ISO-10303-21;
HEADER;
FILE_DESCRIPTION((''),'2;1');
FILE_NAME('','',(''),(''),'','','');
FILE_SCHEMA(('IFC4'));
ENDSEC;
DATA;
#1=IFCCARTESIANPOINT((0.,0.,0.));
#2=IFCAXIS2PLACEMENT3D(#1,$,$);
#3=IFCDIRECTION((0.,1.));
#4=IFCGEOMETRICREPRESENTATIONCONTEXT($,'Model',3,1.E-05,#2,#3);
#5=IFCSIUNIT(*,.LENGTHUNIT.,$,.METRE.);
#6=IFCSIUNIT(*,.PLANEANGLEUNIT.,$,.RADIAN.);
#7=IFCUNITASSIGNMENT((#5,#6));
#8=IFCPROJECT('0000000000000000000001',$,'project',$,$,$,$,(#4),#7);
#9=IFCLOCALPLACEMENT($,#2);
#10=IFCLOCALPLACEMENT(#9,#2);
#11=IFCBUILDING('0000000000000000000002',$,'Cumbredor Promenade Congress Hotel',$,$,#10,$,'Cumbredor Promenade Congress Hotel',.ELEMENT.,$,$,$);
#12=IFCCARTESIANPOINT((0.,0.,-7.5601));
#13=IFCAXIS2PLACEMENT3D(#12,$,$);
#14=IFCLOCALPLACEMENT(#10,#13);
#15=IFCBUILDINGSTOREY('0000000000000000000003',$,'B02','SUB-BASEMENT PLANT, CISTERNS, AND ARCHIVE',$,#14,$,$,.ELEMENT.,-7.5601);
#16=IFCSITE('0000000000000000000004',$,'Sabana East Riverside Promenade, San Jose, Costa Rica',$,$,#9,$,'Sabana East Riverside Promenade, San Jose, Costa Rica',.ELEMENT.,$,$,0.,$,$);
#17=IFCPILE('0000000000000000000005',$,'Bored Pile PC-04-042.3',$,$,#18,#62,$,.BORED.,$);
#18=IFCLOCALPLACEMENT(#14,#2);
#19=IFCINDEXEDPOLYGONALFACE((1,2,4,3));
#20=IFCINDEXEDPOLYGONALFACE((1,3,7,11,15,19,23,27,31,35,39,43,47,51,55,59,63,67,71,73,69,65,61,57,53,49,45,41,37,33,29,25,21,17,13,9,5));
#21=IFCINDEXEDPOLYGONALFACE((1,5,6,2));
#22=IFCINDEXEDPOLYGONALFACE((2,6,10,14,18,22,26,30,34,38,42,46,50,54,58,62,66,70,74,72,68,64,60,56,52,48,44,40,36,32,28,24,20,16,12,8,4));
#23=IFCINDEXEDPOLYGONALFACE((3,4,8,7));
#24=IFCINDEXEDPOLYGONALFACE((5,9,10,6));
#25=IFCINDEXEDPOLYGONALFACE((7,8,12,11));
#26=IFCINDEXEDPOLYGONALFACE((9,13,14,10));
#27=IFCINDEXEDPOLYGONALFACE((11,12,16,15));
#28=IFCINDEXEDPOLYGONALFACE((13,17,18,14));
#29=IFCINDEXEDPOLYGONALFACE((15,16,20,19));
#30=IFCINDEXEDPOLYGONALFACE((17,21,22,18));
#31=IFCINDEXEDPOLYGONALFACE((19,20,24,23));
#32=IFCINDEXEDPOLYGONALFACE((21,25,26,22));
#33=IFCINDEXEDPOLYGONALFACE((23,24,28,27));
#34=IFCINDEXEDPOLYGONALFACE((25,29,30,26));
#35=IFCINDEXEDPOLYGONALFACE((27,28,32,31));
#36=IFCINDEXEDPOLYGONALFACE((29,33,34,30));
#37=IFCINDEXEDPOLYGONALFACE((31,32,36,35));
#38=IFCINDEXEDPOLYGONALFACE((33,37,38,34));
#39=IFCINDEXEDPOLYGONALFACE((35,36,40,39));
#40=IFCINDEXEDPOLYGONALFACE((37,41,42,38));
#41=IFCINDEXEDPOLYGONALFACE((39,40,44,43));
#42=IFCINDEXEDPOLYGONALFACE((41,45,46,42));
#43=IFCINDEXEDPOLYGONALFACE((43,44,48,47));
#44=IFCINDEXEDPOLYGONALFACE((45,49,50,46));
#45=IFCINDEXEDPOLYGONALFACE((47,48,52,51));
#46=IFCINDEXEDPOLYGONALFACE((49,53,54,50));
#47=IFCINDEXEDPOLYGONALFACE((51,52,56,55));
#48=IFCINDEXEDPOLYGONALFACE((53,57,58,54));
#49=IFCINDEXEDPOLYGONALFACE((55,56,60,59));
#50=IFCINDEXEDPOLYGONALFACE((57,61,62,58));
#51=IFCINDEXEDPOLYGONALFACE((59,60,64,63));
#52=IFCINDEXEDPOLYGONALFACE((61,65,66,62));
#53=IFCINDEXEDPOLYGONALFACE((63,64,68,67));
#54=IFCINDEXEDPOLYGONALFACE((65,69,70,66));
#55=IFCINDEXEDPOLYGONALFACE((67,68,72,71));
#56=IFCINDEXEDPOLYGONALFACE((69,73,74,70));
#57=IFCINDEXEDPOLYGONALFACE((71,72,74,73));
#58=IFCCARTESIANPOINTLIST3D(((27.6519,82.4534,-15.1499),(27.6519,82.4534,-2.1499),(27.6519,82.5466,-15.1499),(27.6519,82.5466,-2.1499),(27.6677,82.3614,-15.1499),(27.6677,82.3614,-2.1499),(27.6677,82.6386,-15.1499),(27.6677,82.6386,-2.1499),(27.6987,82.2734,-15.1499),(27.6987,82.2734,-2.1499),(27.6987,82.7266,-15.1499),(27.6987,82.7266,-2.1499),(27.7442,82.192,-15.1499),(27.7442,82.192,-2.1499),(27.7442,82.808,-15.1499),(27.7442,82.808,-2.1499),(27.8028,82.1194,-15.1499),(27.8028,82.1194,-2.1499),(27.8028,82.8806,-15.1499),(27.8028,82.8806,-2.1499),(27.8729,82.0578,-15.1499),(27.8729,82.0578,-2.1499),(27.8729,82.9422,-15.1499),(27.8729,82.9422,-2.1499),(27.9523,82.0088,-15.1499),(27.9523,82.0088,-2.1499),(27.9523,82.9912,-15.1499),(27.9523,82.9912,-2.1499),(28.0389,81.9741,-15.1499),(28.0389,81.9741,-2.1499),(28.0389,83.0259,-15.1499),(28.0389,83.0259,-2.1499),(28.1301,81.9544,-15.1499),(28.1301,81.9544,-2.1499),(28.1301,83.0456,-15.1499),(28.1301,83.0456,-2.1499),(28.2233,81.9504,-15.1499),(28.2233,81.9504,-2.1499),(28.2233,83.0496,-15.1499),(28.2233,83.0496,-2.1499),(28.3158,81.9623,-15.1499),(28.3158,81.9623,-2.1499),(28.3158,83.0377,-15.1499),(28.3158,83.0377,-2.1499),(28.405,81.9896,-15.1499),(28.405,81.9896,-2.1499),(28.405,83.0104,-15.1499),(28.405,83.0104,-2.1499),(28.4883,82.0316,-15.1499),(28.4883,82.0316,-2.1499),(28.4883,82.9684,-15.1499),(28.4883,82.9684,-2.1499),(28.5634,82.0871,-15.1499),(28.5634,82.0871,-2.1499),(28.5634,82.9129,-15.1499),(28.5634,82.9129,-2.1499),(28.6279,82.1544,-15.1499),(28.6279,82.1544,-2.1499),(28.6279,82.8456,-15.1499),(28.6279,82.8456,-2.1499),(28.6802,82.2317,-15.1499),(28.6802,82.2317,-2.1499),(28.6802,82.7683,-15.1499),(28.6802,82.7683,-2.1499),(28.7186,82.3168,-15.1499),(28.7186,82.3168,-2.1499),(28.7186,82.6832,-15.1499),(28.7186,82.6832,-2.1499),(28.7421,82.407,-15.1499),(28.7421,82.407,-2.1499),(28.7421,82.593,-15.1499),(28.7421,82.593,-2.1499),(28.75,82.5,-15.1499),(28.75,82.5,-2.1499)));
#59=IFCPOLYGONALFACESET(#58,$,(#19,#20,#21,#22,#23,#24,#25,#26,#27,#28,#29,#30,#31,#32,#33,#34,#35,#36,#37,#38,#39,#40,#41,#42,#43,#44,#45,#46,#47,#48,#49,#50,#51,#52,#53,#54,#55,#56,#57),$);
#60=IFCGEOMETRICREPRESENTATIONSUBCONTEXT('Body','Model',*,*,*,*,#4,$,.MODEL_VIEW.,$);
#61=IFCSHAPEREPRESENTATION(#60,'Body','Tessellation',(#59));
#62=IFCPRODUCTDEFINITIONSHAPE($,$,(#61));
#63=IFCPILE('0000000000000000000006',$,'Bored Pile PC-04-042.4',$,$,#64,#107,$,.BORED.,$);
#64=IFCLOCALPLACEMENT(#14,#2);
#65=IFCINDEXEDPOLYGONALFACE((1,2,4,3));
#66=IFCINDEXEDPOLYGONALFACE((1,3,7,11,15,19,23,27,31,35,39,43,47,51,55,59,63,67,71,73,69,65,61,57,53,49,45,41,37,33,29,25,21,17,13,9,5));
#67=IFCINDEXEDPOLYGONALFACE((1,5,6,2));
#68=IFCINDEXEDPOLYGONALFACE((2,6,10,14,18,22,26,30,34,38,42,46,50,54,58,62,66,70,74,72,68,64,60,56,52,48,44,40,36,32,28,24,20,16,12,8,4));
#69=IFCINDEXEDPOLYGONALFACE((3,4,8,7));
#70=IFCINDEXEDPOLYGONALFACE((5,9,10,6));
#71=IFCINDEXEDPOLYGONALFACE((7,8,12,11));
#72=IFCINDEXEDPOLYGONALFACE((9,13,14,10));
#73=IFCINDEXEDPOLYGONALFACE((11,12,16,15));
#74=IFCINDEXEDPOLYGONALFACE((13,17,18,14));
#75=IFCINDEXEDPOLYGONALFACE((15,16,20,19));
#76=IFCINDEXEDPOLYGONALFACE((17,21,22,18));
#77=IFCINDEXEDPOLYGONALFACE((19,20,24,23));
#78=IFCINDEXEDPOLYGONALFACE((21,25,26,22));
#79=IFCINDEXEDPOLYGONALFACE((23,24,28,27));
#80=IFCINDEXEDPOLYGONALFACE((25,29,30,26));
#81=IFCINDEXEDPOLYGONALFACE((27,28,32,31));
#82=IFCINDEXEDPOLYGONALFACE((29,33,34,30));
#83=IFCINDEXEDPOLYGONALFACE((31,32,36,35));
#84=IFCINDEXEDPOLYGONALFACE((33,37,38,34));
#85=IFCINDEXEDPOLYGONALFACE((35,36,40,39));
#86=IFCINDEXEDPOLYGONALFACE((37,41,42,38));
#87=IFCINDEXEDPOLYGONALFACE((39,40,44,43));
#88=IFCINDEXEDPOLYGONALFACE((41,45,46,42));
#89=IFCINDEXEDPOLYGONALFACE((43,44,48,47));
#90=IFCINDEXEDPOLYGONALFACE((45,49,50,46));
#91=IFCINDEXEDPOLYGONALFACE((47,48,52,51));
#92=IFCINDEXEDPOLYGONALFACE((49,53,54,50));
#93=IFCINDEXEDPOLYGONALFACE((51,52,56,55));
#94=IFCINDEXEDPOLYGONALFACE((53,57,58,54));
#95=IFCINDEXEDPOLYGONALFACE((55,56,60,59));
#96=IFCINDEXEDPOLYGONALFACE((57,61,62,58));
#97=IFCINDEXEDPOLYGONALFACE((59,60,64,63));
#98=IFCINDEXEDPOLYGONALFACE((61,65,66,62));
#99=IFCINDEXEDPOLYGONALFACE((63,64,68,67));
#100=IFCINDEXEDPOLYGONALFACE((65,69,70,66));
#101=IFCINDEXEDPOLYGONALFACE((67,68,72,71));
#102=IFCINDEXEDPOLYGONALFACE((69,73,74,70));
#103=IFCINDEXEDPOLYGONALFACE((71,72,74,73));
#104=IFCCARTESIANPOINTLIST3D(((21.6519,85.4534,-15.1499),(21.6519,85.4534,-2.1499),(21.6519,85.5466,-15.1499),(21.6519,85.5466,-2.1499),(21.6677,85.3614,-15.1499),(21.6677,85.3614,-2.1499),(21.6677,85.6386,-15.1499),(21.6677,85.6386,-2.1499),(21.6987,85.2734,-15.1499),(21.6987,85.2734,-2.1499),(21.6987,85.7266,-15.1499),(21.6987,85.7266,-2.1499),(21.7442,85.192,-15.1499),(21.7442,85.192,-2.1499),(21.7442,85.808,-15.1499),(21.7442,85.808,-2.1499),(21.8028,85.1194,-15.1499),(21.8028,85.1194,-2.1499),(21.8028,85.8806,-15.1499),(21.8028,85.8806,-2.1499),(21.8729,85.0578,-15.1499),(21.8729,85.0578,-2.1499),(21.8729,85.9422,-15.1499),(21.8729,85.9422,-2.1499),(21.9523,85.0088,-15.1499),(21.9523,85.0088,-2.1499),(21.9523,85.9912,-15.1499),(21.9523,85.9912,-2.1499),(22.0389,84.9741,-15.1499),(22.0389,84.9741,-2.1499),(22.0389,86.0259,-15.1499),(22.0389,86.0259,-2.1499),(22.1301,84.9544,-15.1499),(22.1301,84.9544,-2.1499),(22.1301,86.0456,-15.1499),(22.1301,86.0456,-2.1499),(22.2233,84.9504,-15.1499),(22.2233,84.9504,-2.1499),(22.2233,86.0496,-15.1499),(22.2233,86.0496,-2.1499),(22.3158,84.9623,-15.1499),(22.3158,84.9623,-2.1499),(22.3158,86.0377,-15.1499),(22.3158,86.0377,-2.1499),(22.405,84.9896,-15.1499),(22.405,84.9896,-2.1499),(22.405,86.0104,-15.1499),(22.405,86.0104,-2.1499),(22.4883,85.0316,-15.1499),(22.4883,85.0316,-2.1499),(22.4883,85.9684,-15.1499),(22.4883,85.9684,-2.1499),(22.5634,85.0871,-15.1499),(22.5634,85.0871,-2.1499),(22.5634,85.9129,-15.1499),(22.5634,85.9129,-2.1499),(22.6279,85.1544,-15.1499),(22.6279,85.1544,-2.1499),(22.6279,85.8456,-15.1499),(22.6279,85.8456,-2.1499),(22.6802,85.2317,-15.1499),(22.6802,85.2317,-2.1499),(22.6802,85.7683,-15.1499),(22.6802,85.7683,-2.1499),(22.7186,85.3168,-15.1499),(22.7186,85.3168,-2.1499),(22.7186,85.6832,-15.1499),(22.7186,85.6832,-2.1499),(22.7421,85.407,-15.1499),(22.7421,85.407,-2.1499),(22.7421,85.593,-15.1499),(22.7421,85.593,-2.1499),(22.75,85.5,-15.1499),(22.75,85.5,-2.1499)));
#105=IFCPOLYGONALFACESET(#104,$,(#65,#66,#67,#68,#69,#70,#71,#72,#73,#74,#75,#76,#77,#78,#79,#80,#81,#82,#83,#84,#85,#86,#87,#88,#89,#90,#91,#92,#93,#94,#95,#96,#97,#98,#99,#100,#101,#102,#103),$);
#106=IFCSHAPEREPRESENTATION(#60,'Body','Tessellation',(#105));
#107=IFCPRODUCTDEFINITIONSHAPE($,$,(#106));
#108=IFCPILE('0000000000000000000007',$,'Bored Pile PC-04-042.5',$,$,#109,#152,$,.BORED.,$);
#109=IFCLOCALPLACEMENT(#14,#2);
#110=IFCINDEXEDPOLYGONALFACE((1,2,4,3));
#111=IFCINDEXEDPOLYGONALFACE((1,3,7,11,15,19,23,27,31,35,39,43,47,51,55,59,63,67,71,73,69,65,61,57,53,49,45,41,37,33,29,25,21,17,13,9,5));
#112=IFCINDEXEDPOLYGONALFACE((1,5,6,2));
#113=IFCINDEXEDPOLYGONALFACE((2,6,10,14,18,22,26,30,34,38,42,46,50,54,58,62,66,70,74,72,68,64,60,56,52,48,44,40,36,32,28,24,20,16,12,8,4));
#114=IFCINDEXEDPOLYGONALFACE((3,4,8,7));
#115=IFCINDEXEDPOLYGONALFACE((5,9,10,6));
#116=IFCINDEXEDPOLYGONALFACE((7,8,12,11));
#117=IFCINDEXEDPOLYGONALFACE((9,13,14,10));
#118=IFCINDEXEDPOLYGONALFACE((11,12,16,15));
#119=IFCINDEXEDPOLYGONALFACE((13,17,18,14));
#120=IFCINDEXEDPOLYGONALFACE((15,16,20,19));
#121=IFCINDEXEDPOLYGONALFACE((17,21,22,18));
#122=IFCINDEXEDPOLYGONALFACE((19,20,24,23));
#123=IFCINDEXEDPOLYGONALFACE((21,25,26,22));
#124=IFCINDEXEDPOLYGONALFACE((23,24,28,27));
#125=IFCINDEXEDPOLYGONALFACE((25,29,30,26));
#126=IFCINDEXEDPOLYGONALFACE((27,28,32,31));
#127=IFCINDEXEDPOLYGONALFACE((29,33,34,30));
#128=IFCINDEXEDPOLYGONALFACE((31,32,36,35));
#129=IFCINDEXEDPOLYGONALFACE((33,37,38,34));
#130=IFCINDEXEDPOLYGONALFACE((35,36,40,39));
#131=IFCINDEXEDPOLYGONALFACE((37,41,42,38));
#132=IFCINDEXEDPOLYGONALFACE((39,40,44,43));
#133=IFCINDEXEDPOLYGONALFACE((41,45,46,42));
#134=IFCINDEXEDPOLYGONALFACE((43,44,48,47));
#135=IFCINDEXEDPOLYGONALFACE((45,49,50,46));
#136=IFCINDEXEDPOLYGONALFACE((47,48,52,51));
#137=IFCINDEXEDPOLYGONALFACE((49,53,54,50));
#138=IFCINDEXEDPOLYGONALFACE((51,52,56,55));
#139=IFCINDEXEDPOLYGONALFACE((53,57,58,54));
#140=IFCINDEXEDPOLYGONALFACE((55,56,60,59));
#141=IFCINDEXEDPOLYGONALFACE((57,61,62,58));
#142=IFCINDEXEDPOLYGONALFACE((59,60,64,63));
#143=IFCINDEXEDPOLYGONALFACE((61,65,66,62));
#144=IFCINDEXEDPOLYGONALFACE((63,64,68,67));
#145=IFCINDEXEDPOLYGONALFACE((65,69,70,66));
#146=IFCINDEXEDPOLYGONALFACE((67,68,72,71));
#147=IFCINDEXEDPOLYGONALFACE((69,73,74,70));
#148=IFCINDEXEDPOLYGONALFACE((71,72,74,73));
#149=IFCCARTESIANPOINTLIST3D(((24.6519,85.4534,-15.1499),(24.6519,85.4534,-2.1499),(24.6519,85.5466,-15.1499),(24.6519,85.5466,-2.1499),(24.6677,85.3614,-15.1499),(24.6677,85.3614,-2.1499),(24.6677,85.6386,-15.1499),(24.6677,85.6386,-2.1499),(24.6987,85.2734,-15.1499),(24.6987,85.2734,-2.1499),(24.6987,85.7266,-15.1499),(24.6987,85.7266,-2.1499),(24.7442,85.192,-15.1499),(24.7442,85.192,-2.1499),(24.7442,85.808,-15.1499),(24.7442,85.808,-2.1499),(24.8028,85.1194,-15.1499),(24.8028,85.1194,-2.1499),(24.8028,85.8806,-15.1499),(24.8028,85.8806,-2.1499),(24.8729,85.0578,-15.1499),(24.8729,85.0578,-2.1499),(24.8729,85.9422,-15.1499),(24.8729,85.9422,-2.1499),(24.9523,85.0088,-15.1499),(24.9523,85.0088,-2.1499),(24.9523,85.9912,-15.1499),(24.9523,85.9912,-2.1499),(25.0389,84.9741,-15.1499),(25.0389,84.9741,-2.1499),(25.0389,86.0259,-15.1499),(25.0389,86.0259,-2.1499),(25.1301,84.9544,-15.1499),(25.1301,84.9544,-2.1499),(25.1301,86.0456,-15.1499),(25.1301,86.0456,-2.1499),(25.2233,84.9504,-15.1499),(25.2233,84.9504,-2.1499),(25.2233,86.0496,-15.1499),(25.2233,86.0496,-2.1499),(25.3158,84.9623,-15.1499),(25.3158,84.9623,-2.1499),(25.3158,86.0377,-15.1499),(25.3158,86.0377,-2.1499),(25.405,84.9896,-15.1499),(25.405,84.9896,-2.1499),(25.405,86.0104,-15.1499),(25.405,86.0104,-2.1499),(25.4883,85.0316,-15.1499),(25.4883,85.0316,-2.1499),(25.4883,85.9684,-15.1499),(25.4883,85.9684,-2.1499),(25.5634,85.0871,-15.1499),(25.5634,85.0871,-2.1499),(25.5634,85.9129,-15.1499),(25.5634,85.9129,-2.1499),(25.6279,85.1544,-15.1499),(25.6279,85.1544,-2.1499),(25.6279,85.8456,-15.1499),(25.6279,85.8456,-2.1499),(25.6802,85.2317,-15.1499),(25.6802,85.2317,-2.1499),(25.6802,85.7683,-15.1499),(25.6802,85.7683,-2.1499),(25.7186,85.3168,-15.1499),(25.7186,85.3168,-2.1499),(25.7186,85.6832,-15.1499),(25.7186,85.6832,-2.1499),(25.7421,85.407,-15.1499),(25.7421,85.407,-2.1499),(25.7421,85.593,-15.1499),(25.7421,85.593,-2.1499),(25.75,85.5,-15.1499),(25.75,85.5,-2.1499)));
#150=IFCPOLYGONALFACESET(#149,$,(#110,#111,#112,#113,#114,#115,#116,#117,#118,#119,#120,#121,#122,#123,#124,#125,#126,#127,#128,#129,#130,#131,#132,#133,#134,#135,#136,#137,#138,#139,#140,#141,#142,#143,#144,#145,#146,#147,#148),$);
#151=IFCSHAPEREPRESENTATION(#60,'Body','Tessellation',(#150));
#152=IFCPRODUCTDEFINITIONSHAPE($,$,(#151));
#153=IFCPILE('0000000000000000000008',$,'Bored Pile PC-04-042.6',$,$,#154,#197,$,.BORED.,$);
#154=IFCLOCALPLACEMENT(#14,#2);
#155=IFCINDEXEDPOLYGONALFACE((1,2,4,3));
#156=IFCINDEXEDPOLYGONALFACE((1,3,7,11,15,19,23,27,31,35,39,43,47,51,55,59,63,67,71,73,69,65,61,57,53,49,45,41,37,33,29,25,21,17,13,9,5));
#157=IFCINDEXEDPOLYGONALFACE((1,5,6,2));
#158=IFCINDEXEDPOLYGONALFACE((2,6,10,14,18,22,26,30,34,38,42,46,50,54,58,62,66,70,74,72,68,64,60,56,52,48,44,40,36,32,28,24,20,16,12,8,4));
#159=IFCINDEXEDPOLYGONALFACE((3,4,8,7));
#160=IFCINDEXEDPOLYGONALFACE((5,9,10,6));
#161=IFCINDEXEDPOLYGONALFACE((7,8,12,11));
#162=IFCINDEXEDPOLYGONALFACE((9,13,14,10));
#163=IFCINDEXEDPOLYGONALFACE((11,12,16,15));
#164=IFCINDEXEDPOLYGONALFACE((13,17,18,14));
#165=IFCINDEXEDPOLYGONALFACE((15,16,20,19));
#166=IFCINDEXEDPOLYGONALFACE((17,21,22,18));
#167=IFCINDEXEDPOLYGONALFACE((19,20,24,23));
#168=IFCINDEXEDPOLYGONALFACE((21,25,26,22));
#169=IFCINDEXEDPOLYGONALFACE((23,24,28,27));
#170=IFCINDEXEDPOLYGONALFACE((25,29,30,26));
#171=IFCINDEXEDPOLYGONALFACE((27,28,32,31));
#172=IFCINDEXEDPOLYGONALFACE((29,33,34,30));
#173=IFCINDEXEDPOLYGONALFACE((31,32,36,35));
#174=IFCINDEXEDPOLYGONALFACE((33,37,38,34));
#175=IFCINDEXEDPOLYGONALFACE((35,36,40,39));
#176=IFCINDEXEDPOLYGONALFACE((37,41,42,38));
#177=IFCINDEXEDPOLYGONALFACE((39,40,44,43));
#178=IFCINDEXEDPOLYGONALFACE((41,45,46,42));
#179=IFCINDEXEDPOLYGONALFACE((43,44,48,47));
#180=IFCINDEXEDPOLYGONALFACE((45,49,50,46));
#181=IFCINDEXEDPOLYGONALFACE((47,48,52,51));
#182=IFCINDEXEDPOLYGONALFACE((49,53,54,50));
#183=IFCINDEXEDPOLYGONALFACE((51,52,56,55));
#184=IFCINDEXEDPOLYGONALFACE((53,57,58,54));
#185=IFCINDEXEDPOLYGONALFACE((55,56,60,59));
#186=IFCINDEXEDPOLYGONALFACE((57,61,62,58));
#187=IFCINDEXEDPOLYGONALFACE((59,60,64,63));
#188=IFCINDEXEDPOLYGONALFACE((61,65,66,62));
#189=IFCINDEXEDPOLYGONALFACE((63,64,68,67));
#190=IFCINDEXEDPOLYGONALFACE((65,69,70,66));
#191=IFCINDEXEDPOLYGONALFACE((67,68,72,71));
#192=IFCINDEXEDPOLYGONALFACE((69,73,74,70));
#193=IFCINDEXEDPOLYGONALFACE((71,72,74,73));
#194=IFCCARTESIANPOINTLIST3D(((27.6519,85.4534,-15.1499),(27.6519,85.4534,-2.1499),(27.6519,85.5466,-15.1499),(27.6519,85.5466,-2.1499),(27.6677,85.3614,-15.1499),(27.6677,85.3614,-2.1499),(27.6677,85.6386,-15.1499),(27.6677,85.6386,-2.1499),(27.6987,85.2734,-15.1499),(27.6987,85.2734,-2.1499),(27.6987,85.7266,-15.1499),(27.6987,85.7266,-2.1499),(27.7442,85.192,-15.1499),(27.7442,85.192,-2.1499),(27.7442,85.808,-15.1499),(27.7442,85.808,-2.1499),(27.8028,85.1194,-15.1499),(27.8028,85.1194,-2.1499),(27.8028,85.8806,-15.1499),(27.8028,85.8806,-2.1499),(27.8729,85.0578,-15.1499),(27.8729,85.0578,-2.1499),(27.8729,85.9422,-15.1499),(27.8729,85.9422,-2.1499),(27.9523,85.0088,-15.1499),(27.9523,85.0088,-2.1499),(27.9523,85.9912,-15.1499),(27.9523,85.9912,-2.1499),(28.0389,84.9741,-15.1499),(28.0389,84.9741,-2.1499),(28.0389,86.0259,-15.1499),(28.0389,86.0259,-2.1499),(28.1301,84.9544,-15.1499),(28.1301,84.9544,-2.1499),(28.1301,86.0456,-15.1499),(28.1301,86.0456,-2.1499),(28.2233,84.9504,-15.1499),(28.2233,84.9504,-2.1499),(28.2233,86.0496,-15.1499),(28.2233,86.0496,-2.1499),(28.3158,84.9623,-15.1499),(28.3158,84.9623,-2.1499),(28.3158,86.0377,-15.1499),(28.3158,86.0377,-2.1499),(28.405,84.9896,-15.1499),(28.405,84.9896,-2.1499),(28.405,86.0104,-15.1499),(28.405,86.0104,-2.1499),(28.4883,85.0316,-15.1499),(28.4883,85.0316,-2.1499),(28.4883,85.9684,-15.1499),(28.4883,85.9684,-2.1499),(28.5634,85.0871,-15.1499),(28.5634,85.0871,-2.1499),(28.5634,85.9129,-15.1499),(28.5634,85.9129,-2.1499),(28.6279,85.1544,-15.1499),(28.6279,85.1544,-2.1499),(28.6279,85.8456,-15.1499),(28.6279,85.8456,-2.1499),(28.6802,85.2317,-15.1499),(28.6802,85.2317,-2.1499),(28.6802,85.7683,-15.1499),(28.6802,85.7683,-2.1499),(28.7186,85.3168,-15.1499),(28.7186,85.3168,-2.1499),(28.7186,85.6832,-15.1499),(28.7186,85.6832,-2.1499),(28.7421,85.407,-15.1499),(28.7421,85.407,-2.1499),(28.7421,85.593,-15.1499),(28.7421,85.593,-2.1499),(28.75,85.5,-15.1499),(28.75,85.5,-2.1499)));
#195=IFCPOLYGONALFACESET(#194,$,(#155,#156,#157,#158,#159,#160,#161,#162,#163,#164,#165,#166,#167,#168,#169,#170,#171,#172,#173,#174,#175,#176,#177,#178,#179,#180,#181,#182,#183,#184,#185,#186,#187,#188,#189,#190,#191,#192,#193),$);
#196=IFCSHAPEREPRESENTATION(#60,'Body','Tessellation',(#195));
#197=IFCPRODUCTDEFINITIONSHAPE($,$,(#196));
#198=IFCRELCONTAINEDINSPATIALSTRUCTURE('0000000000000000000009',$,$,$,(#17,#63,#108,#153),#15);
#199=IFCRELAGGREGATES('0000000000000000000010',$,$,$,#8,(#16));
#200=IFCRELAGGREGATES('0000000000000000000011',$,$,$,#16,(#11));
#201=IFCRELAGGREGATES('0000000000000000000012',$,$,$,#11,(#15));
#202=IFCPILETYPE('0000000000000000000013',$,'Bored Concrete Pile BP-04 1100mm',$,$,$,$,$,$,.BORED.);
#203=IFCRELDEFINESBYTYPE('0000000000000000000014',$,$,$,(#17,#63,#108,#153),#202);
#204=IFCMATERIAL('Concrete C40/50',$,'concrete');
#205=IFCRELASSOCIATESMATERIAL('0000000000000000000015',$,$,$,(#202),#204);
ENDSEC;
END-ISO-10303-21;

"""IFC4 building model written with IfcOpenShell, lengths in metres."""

from ifc_helpers import new_model, si_unit, direction, frame, origin, origin_2d, place, context, subcontext, project, spatial, circle, extrude, material, material_profile, profile_set, type_object, element, save


model = new_model("IFC4")

# Units and contexts
model_context = context("Model", 3, precision=1e-05, world=origin(), true_north=direction((0.0, 1.0)))
body_context = subcontext(model_context, "Body", "Model", "MODEL_VIEW")
ifc_project = project(units=[si_unit("LENGTHUNIT", "METRE"), si_unit("PLANEANGLEUNIT", "RADIAN")], contexts=[model_context])

# Site, building, storey
site_placement = place(None, origin())
site = spatial("IfcSite", under=ifc_project, at=site_placement, Name="Sabana East Riverside Promenade, San Jose, Costa Rica", LongName="Sabana East Riverside Promenade, San Jose, Costa Rica", CompositionType="ELEMENT", RefElevation=0.0)
building_placement = place(site_placement, origin())
building = spatial("IfcBuilding", under=site, at=building_placement, Name="Cumbredor Promenade Congress Hotel", LongName="Cumbredor Promenade Congress Hotel", CompositionType="ELEMENT")
storey_placement = place(building_placement, frame((0.0, 0.0, -7.5601)))
storey = spatial("IfcBuildingStorey", under=building, at=storey_placement, Name="B02", Description="SUB-BASEMENT PLANT, CISTERNS, AND ARCHIVE", CompositionType="ELEMENT", Elevation=-7.5601)

# Piles
ifc_material_1 = material(Name="Concrete C40/50", Category="concrete")
ifc_material_profile_1 = material_profile(ifc_material_1, circle(Radius=0.55, at=origin_2d()), Name="PILE D1100")
ifc_profile_set_1 = profile_set([ifc_material_profile_1], Name="Concrete C40/50")
pile_type_1 = type_object("IfcPileType", Name="Bored Concrete Pile BP-04 1100mm", PredefinedType="BORED", material=ifc_profile_set_1)
for number, where, z_axis, x_axis, name in (
    (1, (28.2, 82.5, -2.1499), (0.0, 0.0, -1.0), (1.0, 0.0, 0.0), "Bored Pile PC-04-042.3"),
    (2, (22.2, 85.5, -2.1499), (0.0, 0.0, -1.0), (1.0, 0.0, 0.0), "Bored Pile PC-04-042.4"),
    (3, (25.2, 85.5, -2.1499), (0.0, 0.0, -1.0), (1.0, 0.0, 0.0), "Bored Pile PC-04-042.5"),
    (4, (28.2, 85.5, -2.1499), (0.0, 0.0, -1.0), (1.0, 0.0, 0.0), "Bored Pile PC-04-042.6"),
):
    element("IfcPile", number, at=place(storey_placement, frame(where, z_axis=z_axis, x_axis=x_axis)), inside=storey, type_object=pile_type_1, Name=name, PredefinedType="BORED", context=body_context, shape_type="SweptSolid", body=[
        extrude(circle(Radius=0.55, at=origin_2d()), origin(), (0.0, 0.0, 1.0), 13.0),
    ])

save(model, "model.ifc")
